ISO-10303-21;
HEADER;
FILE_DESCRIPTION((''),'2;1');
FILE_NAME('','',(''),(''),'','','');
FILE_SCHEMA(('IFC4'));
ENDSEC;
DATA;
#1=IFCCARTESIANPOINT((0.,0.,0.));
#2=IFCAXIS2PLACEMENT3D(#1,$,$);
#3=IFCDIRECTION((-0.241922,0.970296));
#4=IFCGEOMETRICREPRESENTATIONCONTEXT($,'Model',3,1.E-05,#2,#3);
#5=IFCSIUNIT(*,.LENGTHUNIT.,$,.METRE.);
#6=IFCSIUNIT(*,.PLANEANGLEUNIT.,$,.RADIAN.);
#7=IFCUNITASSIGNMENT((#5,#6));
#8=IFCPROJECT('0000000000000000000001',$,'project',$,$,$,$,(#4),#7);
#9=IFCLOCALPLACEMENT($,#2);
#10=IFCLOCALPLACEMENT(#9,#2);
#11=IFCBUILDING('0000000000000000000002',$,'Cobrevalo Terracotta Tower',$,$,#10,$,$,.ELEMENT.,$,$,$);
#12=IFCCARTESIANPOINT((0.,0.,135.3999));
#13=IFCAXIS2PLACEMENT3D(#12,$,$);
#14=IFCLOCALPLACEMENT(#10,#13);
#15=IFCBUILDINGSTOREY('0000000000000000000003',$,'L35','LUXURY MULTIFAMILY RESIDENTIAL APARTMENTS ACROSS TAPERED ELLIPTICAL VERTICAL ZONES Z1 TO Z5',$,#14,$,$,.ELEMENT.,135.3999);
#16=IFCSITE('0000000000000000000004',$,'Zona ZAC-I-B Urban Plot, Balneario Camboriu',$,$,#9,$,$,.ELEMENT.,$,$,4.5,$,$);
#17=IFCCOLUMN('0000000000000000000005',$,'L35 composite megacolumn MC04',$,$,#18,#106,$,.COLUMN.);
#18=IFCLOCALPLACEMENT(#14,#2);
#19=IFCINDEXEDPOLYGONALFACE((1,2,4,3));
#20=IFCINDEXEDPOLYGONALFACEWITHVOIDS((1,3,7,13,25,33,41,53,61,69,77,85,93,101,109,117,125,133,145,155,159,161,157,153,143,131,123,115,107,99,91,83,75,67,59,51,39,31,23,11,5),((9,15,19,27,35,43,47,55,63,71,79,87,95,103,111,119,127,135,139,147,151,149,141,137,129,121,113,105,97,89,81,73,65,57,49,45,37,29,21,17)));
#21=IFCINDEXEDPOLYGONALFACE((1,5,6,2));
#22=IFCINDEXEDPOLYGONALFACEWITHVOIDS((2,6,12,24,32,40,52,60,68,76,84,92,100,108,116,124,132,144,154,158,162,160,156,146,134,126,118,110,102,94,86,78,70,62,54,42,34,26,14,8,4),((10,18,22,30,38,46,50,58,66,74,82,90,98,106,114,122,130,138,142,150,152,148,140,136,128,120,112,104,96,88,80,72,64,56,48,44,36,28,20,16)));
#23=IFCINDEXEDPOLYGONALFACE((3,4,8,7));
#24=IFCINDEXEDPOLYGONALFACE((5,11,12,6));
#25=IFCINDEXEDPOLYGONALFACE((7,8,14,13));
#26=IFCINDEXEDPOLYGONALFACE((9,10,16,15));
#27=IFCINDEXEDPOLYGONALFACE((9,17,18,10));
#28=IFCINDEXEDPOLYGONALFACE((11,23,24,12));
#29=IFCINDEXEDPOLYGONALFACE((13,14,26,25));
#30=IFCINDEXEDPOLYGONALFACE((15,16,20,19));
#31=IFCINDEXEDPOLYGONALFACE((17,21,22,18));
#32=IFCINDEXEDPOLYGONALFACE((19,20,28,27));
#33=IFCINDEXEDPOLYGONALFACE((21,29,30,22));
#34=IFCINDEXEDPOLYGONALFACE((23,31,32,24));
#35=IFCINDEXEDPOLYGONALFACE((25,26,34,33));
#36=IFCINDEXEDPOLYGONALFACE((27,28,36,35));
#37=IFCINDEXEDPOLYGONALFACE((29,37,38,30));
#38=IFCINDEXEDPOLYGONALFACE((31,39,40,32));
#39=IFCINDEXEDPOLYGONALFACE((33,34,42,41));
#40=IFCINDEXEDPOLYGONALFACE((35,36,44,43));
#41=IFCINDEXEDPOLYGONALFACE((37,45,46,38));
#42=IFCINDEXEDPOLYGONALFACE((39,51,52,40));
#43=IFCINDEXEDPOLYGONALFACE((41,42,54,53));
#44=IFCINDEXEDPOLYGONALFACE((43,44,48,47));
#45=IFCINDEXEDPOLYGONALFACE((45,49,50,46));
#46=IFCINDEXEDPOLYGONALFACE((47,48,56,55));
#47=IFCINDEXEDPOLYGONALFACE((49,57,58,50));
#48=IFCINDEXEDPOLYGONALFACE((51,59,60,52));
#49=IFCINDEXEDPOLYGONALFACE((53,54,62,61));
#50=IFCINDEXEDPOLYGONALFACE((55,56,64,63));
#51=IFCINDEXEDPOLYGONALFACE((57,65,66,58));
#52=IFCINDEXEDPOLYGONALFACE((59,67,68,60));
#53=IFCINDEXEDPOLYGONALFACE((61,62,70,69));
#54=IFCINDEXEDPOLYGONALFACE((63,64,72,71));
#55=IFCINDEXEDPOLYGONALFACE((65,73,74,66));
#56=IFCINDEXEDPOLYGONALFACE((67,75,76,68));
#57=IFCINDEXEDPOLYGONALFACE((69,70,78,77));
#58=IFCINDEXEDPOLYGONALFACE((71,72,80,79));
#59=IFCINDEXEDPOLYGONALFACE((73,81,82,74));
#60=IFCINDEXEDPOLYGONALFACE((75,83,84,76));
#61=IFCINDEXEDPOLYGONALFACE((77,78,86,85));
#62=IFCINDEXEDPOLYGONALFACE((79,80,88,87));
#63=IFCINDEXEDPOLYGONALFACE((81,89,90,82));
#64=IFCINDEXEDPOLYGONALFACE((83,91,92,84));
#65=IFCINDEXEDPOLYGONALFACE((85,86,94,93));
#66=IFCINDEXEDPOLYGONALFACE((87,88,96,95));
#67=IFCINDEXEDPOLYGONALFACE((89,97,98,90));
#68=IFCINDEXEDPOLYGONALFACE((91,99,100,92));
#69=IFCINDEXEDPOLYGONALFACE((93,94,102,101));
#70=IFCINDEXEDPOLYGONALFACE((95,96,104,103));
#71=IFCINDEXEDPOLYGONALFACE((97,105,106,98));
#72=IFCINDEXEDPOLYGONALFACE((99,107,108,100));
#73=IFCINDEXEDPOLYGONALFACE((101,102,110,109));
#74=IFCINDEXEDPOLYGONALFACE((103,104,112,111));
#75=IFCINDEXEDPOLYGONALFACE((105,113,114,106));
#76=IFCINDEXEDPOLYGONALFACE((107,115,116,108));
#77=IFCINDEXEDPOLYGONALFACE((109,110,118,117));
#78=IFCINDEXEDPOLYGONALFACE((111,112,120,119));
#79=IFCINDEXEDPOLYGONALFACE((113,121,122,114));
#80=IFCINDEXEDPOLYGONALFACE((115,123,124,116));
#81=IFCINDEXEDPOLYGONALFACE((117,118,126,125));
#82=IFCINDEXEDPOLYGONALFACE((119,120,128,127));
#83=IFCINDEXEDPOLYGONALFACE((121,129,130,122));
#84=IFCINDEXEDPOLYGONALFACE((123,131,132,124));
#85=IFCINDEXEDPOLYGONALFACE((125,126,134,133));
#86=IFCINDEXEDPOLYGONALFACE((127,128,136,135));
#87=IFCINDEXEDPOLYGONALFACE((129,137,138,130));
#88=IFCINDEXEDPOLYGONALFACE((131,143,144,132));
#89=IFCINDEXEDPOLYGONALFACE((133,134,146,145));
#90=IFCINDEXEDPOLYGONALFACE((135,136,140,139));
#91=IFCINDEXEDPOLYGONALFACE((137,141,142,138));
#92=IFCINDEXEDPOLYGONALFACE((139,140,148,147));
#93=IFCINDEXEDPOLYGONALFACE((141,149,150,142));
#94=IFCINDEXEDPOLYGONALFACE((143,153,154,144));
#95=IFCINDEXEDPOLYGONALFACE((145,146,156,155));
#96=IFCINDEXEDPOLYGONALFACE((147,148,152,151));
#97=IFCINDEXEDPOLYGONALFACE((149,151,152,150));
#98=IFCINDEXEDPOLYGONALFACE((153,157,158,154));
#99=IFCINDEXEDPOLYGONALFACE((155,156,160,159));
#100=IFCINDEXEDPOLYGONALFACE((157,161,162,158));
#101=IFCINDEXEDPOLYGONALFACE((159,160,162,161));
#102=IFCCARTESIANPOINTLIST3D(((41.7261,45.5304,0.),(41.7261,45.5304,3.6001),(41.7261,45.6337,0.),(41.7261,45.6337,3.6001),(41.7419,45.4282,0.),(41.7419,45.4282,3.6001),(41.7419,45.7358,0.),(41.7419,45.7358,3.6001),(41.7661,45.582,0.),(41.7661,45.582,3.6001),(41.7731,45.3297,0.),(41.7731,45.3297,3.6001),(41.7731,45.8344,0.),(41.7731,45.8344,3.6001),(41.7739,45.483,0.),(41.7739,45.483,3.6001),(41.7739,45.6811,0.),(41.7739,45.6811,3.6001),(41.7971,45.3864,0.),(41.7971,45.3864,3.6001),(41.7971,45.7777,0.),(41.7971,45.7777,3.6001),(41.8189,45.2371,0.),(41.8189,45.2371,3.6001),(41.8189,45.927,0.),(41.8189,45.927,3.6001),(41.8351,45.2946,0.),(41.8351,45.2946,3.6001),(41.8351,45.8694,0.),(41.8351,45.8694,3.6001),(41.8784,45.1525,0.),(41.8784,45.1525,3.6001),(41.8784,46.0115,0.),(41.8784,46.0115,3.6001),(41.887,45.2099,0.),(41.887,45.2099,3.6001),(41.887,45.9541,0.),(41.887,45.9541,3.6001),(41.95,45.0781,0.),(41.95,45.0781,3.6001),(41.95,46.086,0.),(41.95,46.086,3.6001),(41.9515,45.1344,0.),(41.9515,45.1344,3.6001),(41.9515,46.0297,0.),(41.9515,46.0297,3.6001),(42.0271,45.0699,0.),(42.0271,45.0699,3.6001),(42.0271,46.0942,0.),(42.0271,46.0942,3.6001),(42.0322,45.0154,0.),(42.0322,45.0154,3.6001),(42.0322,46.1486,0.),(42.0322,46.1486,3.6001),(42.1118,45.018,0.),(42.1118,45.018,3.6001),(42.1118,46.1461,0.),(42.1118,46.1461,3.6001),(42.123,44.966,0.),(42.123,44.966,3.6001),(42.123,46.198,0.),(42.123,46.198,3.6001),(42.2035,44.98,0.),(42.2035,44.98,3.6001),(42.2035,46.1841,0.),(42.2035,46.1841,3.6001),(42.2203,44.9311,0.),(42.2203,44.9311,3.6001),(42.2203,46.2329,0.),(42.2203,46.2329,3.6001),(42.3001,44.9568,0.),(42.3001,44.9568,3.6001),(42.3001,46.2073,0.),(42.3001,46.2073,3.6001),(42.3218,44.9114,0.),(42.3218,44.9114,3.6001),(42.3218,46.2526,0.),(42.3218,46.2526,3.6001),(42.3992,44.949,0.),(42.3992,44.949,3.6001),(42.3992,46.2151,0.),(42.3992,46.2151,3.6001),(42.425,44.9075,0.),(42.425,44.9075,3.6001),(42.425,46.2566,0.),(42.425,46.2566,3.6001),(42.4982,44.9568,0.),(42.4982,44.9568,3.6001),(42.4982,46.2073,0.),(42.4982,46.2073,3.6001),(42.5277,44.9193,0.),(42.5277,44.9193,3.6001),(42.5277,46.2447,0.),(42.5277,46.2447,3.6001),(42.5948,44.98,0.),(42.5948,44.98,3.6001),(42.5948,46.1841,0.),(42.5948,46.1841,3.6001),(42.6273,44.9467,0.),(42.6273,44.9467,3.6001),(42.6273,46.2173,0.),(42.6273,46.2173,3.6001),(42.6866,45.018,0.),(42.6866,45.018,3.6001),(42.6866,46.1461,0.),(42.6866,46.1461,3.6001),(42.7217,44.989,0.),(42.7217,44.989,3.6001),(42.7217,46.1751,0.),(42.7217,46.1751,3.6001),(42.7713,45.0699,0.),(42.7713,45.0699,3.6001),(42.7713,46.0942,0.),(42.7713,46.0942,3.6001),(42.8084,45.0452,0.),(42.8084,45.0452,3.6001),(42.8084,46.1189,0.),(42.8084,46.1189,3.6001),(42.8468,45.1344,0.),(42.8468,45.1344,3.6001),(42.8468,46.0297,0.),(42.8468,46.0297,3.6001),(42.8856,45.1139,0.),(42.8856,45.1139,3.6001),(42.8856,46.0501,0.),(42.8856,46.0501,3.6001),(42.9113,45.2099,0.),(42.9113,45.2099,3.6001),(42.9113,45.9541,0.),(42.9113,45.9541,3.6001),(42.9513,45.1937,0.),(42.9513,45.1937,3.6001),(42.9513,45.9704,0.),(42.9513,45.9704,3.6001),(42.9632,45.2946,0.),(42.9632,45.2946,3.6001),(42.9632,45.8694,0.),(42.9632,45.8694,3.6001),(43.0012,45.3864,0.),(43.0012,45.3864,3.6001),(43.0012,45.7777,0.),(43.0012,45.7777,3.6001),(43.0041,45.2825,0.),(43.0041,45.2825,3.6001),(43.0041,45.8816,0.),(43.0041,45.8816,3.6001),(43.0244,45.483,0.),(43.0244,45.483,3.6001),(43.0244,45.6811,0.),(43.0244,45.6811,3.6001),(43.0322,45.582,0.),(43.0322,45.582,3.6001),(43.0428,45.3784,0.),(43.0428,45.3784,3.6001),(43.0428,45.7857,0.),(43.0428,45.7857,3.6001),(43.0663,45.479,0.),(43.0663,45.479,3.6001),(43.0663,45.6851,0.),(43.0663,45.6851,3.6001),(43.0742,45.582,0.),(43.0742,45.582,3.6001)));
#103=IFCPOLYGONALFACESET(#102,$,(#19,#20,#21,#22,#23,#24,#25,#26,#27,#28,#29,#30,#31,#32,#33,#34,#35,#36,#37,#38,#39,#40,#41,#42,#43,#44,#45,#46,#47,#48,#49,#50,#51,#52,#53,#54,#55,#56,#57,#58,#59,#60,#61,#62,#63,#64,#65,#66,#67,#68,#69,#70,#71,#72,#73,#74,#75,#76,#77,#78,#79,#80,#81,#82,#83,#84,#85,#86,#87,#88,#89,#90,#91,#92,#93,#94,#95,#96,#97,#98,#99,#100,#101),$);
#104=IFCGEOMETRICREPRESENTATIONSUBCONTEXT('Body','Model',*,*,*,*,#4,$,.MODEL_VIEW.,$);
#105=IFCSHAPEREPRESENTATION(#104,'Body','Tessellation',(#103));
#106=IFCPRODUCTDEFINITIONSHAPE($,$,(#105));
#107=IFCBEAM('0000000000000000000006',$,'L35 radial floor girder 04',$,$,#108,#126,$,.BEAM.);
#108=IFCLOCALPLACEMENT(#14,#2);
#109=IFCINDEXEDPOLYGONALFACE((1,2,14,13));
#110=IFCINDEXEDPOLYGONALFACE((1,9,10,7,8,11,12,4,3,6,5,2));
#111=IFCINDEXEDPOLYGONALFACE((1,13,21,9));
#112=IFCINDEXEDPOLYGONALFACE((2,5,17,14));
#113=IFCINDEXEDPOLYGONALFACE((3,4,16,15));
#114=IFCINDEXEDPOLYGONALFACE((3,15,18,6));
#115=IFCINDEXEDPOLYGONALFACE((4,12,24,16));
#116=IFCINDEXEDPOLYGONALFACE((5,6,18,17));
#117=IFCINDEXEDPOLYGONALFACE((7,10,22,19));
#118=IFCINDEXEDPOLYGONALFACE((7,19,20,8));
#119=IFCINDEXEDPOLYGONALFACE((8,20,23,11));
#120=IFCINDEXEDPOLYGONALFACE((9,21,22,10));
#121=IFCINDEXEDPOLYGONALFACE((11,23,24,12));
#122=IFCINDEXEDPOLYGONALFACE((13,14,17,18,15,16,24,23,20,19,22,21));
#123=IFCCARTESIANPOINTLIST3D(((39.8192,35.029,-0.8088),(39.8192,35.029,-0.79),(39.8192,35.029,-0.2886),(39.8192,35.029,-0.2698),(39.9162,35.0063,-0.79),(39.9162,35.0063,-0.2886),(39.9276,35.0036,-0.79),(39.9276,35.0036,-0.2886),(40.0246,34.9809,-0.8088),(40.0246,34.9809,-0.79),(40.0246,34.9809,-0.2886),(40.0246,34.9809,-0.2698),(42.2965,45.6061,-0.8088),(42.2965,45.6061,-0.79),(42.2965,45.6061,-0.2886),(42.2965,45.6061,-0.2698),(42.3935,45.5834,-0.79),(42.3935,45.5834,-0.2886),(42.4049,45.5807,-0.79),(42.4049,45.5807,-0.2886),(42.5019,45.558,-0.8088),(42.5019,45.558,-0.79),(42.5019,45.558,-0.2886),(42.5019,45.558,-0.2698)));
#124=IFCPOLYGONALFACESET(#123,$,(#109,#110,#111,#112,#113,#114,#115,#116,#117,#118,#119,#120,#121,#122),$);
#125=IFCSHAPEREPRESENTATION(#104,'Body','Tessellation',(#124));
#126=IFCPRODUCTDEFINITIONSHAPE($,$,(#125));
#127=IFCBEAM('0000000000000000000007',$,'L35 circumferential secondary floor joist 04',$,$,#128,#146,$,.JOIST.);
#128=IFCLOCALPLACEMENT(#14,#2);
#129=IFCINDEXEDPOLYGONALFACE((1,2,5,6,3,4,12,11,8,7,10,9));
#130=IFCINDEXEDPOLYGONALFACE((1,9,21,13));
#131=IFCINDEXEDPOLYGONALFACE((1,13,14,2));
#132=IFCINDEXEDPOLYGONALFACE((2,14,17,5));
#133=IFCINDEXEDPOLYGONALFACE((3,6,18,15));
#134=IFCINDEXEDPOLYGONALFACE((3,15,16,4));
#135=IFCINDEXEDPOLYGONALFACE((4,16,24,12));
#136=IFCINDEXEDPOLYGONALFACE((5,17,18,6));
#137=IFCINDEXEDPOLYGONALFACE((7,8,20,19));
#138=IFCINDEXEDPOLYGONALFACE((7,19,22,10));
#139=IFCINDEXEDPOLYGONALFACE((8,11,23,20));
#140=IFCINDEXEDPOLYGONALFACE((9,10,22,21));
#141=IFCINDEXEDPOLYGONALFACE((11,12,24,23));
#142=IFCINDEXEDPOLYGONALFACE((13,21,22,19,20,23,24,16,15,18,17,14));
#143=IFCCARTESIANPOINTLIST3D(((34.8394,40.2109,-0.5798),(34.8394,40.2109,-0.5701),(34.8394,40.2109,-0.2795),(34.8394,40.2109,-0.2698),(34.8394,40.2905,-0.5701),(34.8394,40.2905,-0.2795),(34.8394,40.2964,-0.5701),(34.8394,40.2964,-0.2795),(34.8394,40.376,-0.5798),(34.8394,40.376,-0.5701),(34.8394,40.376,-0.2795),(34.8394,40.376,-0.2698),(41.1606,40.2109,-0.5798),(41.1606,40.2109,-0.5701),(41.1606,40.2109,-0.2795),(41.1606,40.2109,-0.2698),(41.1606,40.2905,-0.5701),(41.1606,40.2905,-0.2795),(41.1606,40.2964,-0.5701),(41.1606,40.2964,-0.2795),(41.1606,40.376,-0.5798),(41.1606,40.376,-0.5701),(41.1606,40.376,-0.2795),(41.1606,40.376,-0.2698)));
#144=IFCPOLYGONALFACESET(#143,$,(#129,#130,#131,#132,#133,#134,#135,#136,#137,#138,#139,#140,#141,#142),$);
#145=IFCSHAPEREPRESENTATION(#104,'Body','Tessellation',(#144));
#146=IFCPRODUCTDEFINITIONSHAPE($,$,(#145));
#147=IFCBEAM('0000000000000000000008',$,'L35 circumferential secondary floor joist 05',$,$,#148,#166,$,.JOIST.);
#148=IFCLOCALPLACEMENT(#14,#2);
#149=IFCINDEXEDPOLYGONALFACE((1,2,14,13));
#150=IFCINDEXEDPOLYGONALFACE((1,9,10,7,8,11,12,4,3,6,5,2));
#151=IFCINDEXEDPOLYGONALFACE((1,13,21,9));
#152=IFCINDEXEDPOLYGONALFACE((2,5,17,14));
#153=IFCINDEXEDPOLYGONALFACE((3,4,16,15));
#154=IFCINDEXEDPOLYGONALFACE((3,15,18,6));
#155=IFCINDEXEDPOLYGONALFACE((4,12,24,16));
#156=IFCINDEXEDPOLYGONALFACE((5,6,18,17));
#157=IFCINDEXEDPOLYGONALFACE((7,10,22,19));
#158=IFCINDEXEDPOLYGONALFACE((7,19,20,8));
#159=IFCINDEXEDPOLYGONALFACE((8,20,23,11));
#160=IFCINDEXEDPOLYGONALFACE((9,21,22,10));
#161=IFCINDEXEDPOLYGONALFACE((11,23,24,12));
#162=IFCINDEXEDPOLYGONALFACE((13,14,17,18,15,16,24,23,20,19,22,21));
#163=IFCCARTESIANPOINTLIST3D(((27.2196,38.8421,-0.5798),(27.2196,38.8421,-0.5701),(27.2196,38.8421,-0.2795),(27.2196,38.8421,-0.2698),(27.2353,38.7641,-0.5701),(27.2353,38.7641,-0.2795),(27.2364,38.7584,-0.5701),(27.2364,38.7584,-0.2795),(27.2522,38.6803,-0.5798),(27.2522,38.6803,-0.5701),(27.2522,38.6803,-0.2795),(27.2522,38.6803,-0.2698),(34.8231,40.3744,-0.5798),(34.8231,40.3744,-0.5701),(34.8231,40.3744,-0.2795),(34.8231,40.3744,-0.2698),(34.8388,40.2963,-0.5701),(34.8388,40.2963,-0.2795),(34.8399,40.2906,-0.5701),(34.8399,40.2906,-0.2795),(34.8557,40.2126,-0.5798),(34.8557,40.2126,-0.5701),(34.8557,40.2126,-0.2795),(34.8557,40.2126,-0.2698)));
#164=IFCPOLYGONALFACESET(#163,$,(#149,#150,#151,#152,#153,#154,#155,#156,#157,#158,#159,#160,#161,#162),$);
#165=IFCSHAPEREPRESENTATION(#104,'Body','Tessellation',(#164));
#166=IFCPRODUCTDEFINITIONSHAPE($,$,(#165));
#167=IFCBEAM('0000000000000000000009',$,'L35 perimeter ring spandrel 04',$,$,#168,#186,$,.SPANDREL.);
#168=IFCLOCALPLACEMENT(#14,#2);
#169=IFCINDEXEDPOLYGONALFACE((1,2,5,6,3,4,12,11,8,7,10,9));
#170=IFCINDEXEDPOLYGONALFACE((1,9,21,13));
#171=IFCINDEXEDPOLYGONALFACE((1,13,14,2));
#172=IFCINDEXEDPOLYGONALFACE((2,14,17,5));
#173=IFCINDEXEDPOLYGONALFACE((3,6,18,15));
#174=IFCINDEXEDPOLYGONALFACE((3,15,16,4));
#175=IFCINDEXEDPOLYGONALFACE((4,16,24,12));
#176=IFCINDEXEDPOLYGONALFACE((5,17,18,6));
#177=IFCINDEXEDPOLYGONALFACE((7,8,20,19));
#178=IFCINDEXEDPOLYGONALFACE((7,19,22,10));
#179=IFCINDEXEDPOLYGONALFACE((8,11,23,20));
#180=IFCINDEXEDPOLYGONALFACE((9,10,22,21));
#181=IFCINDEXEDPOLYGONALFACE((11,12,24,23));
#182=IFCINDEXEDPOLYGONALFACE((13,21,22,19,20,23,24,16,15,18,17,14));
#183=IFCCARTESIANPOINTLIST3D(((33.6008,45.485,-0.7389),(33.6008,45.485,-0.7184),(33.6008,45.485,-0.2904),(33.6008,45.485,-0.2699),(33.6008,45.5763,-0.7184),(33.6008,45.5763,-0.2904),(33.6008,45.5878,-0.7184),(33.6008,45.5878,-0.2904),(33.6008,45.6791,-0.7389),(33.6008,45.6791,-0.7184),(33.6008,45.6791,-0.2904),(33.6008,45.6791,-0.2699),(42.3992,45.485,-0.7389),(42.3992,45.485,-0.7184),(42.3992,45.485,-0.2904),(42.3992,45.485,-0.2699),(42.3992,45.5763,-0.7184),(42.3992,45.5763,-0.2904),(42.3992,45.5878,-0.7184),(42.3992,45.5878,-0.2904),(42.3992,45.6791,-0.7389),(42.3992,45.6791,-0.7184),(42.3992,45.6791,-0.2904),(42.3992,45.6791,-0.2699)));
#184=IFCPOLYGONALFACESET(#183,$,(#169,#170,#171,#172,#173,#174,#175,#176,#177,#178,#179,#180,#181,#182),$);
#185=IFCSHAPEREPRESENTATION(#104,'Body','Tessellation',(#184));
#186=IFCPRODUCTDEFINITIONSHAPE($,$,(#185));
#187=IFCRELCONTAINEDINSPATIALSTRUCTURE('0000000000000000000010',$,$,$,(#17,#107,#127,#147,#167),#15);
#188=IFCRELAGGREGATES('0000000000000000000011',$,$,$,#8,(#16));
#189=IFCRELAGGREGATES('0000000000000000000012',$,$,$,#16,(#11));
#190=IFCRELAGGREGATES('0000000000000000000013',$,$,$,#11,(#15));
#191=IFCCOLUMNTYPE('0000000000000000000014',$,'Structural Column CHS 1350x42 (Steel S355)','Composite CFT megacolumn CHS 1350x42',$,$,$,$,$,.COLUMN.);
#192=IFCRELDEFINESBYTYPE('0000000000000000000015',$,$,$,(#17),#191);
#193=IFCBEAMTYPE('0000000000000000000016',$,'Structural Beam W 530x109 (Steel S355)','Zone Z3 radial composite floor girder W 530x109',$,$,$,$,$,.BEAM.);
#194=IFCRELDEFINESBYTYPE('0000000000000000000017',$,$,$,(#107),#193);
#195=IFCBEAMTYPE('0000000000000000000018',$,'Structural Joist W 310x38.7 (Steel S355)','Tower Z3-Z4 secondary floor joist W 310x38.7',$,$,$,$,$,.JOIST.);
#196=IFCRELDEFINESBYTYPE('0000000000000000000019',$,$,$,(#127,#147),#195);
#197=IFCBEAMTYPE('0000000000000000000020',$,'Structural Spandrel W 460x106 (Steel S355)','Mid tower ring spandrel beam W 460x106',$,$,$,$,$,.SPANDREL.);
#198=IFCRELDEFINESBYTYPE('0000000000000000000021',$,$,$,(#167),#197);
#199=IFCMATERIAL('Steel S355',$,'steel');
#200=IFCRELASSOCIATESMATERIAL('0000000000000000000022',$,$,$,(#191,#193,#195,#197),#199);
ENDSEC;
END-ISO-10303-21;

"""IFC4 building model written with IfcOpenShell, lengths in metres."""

from ifc_helpers import new_model, si_unit, direction, frame, origin, origin_2d, place, context, subcontext, project, spatial, hollow_circle, i_section, extrude, material, material_profile, profile_set, type_object, element, save


model = new_model("IFC4")

# Units and contexts
model_context = context("Model", 3, precision=1e-05, world=origin(), true_north=direction((-0.241922, 0.970296)))
body_context = subcontext(model_context, "Body", "Model", "MODEL_VIEW")
ifc_project = project(units=[si_unit("LENGTHUNIT", "METRE"), si_unit("PLANEANGLEUNIT", "RADIAN")], contexts=[model_context])

# Site, building, storey
site_placement = place(None, origin())
site = spatial("IfcSite", under=ifc_project, at=site_placement, Name="Zona ZAC-I-B Urban Plot, Balneario Camboriu", CompositionType="ELEMENT", RefElevation=4.5)
building_placement = place(site_placement, origin())
building = spatial("IfcBuilding", under=site, at=building_placement, Name="Cobrevalo Terracotta Tower", CompositionType="ELEMENT")
storey_placement = place(building_placement, frame((0.0, 0.0, 135.3999)))
storey = spatial("IfcBuildingStorey", under=building, at=storey_placement, Name="L35", Description="LUXURY MULTIFAMILY RESIDENTIAL APARTMENTS ACROSS TAPERED ELLIPTICAL VERTICAL ZONES Z1 TO Z5", CompositionType="ELEMENT", Elevation=135.3999)

# Column
ifc_material_1 = material(Name="Steel S355", Category="steel")
ifc_material_profile_1 = material_profile(ifc_material_1, hollow_circle(Radius=0.675, WallThickness=0.042, at=origin_2d()), Name="CHS 1350x42")
ifc_profile_set_1 = profile_set([ifc_material_profile_1], Name="Steel S355")
column_type = type_object("IfcColumnType", Name="Structural Column CHS 1350x42 (Steel S355)", Description="Composite CFT megacolumn CHS 1350x42", PredefinedType="COLUMN", material=ifc_profile_set_1)
column_placement = place(storey_placement, frame((42.3992, 45.582, 0.0), z_axis=(0.0, 0.0, 1.0), x_axis=(1.0, 0.0, 0.0)))
element("IfcColumn", 1, at=column_placement, inside=storey, type_object=column_type, Name="L35 composite megacolumn MC04", PredefinedType="COLUMN", context=body_context, shape_type="SweptSolid", body=[
    extrude(hollow_circle(Radius=0.675, WallThickness=0.042, at=origin_2d()), origin(), (0.0, 0.0, 1.0), 3.6001),
])

# Beams
ifc_material_profile_2 = material_profile(ifc_material_1, i_section(OverallWidth=0.2109, OverallDepth=0.5391, WebThickness=0.0117, FlangeThickness=0.0188, at=origin_2d()), Name="W 530x109")
ifc_profile_set_2 = profile_set([ifc_material_profile_2], Name="Steel S355")
beam_type_1 = type_object("IfcBeamType", Name="Structural Beam W 530x109 (Steel S355)", Description="Zone Z3 radial composite floor girder W 530x109", PredefinedType="BEAM", material=ifc_profile_set_2)
beam_1_placement = place(storey_placement, frame((42.3992, 45.582, -0.5393), z_axis=(-0.228041, -0.973652, 0.0), x_axis=(0.973652, -0.228041, 0.0)))
element("IfcBeam", 2, at=beam_1_placement, inside=storey, type_object=beam_type_1, Name="L35 radial floor girder 04", PredefinedType="BEAM", context=body_context, shape_type="SweptSolid", body=[
    extrude(i_section(OverallWidth=0.2109, OverallDepth=0.5391, WebThickness=0.0117, FlangeThickness=0.0188, at=origin_2d()), origin(), (0.0, 0.0, 1.0), 10.8633),
])
ifc_material_profile_3 = material_profile(ifc_material_1, i_section(OverallWidth=0.165, OverallDepth=0.3101, WebThickness=0.0059, FlangeThickness=0.0098, at=origin_2d()), Name="W 310x38.7")
ifc_profile_set_3 = profile_set([ifc_material_profile_3], Name="Steel S355")
beam_type_2 = type_object("IfcBeamType", Name="Structural Joist W 310x38.7 (Steel S355)", Description="Tower Z3-Z4 secondary floor joist W 310x38.7", PredefinedType="JOIST", material=ifc_profile_set_3)
beam_2_placement = place(storey_placement, frame((41.1606, 40.2935, -0.4248), z_axis=(-1.0, 0.0, 0.0), x_axis=(0.0, -1.0, 0.0)))
element("IfcBeam", 3, at=beam_2_placement, inside=storey, type_object=beam_type_2, Name="L35 circumferential secondary floor joist 04", PredefinedType="JOIST", context=body_context, shape_type="SweptSolid", body=[
    extrude(i_section(OverallWidth=0.165, OverallDepth=0.3101, WebThickness=0.0059, FlangeThickness=0.0098, at=origin_2d()), origin(), (0.0, 0.0, 1.0), 6.3213),
])
beam_3_placement = place(storey_placement, frame((34.8394, 40.2935, -0.4248), z_axis=(-0.980294, -0.197544, 0.0), x_axis=(0.197544, -0.980294, 0.0)))
element("IfcBeam", 4, at=beam_3_placement, inside=storey, type_object=beam_type_2, Name="L35 circumferential secondary floor joist 05", PredefinedType="JOIST", context=body_context, shape_type="SweptSolid", body=[
    extrude(i_section(OverallWidth=0.165, OverallDepth=0.3101, WebThickness=0.0059, FlangeThickness=0.0098, at=origin_2d()), origin(), (0.0, 0.0, 1.0), 7.7563),
])
ifc_material_profile_4 = material_profile(ifc_material_1, i_section(OverallWidth=0.1941, OverallDepth=0.469, WebThickness=0.0115, FlangeThickness=0.0205, at=origin_2d()), Name="W 460x106")
ifc_profile_set_4 = profile_set([ifc_material_profile_4], Name="Steel S355")
beam_type_3 = type_object("IfcBeamType", Name="Structural Spandrel W 460x106 (Steel S355)", Description="Mid tower ring spandrel beam W 460x106", PredefinedType="SPANDREL", material=ifc_profile_set_4)
beam_4_placement = place(storey_placement, frame((42.3992, 45.582, -0.5044), z_axis=(-1.0, 0.0, 0.0), x_axis=(0.0, -1.0, 0.0)))
element("IfcBeam", 5, at=beam_4_placement, inside=storey, type_object=beam_type_3, Name="L35 perimeter ring spandrel 04", PredefinedType="SPANDREL", context=body_context, shape_type="SweptSolid", body=[
    extrude(i_section(OverallWidth=0.1941, OverallDepth=0.469, WebThickness=0.0115, FlangeThickness=0.0205, at=origin_2d()), origin(), (0.0, 0.0, 1.0), 8.7983),
])

save(model, "model.ifc")
